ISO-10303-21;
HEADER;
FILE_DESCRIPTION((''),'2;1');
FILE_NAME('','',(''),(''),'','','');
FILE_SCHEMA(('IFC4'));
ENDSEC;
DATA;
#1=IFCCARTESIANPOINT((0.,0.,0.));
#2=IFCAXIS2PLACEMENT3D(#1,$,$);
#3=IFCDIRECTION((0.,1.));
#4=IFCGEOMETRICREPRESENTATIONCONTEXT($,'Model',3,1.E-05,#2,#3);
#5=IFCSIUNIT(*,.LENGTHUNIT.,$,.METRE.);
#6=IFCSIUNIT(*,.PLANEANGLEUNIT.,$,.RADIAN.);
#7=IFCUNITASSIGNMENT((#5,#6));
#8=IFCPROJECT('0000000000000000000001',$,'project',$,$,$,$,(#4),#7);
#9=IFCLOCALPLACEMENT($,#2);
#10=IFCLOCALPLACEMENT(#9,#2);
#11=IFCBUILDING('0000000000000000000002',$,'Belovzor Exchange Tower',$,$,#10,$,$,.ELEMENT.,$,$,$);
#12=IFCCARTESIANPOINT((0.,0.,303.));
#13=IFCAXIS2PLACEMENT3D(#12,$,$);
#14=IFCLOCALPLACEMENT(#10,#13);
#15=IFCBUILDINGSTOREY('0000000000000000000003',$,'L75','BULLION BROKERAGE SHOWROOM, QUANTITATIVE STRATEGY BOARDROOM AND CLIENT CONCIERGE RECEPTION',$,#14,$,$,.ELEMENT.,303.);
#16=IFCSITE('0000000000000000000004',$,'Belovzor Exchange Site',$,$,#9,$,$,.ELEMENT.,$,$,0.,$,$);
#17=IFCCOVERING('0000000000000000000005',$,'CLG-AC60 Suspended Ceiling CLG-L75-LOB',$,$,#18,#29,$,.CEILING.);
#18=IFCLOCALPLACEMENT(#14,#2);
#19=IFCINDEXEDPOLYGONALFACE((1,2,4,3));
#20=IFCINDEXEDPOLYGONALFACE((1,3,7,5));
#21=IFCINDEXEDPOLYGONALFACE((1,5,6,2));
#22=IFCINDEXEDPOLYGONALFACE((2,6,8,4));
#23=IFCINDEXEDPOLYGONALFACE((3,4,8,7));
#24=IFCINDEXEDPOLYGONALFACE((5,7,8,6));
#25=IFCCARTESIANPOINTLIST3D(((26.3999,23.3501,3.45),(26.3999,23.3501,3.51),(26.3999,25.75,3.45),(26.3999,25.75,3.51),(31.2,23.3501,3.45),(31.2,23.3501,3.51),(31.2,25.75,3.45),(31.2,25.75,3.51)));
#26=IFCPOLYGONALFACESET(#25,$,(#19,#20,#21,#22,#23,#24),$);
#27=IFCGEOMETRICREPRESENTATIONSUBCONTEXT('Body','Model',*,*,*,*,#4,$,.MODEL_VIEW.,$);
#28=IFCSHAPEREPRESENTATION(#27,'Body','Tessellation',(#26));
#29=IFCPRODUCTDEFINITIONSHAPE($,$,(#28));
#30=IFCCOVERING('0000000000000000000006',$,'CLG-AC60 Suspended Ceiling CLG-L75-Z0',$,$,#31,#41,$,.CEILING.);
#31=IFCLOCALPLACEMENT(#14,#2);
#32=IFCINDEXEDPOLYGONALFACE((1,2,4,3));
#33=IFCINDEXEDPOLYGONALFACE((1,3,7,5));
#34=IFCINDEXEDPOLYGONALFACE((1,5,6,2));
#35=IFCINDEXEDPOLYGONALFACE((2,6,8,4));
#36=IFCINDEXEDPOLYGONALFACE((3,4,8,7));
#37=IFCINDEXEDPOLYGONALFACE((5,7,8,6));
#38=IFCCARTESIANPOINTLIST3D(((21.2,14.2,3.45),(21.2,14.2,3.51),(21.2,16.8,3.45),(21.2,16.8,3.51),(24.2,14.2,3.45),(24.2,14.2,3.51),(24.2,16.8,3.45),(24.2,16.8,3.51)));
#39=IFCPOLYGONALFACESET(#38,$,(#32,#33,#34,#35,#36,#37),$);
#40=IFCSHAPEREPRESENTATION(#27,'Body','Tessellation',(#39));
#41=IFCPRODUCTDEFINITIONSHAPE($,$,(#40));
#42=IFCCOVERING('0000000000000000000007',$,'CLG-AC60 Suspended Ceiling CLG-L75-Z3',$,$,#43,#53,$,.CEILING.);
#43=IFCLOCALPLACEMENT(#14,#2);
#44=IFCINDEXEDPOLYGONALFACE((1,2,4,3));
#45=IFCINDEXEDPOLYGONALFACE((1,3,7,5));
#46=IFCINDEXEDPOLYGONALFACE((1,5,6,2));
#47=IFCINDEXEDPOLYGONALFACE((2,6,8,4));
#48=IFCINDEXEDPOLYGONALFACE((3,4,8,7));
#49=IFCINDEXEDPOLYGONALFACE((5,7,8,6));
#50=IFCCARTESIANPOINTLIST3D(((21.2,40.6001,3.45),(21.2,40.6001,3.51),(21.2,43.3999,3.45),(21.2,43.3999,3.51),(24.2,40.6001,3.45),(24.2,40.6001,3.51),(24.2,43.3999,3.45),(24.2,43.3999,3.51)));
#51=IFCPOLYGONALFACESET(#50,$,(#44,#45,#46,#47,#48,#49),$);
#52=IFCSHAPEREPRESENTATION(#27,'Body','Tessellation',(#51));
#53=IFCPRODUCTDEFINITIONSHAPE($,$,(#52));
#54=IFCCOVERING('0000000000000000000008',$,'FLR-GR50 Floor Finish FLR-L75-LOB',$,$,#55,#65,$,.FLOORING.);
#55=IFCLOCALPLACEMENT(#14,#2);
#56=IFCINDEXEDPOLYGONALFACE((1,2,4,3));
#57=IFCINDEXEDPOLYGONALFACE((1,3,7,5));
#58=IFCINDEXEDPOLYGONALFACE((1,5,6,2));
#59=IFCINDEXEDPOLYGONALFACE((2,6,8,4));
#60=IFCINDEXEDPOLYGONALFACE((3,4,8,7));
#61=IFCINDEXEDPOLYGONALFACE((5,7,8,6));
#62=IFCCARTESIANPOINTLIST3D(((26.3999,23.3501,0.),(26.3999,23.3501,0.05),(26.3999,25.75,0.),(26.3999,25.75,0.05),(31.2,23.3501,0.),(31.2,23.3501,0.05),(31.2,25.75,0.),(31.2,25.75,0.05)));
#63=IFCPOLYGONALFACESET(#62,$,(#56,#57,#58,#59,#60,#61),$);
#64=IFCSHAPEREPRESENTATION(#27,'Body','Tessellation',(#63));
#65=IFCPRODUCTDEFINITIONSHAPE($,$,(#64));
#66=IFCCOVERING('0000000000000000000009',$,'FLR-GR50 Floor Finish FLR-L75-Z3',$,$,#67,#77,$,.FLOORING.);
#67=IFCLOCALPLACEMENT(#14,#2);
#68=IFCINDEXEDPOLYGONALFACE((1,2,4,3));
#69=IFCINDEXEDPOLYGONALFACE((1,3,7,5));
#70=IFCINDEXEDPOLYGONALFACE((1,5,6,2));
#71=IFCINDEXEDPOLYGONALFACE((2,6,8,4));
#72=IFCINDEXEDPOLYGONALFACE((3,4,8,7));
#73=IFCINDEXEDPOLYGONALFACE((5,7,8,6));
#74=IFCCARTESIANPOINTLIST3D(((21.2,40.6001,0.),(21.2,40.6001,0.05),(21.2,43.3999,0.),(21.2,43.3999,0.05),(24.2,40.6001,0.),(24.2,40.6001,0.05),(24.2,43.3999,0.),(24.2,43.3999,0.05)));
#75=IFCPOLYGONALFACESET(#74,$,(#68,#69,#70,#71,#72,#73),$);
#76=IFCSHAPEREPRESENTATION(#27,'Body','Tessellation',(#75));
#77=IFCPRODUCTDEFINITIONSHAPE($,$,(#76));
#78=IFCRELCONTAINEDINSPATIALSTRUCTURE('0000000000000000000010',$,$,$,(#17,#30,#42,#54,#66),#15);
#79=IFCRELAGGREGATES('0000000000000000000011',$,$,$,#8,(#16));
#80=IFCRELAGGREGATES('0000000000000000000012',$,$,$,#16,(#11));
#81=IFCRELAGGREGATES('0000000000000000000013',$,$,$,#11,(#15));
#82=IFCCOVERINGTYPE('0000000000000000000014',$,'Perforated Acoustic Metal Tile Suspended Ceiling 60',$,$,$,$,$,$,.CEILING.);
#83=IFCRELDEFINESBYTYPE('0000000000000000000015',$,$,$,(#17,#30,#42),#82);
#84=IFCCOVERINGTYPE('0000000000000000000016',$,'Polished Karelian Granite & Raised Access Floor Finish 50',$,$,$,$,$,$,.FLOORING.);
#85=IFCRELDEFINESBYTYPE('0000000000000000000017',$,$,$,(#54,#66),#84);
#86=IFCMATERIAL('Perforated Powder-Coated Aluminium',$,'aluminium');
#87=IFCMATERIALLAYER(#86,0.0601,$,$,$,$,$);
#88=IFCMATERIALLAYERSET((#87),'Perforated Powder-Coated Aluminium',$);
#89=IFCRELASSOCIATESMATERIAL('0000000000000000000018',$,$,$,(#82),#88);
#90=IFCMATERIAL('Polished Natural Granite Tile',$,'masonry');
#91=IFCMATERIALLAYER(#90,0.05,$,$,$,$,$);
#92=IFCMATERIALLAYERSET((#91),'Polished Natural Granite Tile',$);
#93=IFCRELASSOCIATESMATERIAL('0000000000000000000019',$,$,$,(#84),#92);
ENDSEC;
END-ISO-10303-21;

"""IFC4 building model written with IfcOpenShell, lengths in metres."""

from ifc_helpers import new_model, si_unit, direction, frame, origin, place, context, subcontext, project, spatial, polyline, outline, extrude, material, layer, layer_set, type_object, element, save


model = new_model("IFC4")

# Units and contexts
model_context = context("Model", 3, precision=1e-05, world=origin(), true_north=direction((0.0, 1.0)))
body_context = subcontext(model_context, "Body", "Model", "MODEL_VIEW")
ifc_project = project(units=[si_unit("LENGTHUNIT", "METRE"), si_unit("PLANEANGLEUNIT", "RADIAN")], contexts=[model_context])

# Site, building, storey
site_placement = place(None, origin())
site = spatial("IfcSite", under=ifc_project, at=site_placement, Name="Belovzor Exchange Site", CompositionType="ELEMENT", RefElevation=0.0)
building_placement = place(site_placement, origin())
building = spatial("IfcBuilding", under=site, at=building_placement, Name="Belovzor Exchange Tower", CompositionType="ELEMENT")
storey_placement = place(building_placement, frame((0.0, 0.0, 303.0)))
storey = spatial("IfcBuildingStorey", under=building, at=storey_placement, Name="L75", Description="BULLION BROKERAGE SHOWROOM, QUANTITATIVE STRATEGY BOARDROOM AND CLIENT CONCIERGE RECEPTION", CompositionType="ELEMENT", Elevation=303.0)

# Coverings
ifc_material_1 = material(Name="Perforated Powder-Coated Aluminium", Category="aluminium")
ifc_layer_1 = layer(ifc_material_1, 0.0601)
ifc_layer_set_1 = layer_set([ifc_layer_1], Name="Perforated Powder-Coated Aluminium")
covering_type_1 = type_object("IfcCoveringType", Name="Perforated Acoustic Metal Tile Suspended Ceiling 60", PredefinedType="CEILING", material=ifc_layer_set_1)
covering_1_placement = place(storey_placement, frame((0.0, 0.0, 3.45)))
element("IfcCovering", 1, at=covering_1_placement, inside=storey, type_object=covering_type_1, Name="CLG-AC60 Suspended Ceiling CLG-L75-LOB", PredefinedType="CEILING", context=body_context, shape_type="SweptSolid", body=[
    extrude(outline(polyline([(26.3999, 23.3501), (31.2, 23.3501), (31.2, 25.75), (26.3999, 25.75), (26.3999, 23.3501)])), origin(), (0.0, 0.0, 1.0), 0.0601),
])
covering_2_placement = place(storey_placement, frame((0.0, 0.0, 3.45)))
element("IfcCovering", 2, at=covering_2_placement, inside=storey, type_object=covering_type_1, Name="CLG-AC60 Suspended Ceiling CLG-L75-Z0", PredefinedType="CEILING", context=body_context, shape_type="SweptSolid", body=[
    extrude(outline(polyline([(21.2, 14.2), (24.2, 14.2), (24.2, 16.8), (21.2, 16.8), (21.2, 14.2)])), origin(), (0.0, 0.0, 1.0), 0.0601),
])
covering_3_placement = place(storey_placement, frame((0.0, 0.0, 3.45)))
element("IfcCovering", 3, at=covering_3_placement, inside=storey, type_object=covering_type_1, Name="CLG-AC60 Suspended Ceiling CLG-L75-Z3", PredefinedType="CEILING", context=body_context, shape_type="SweptSolid", body=[
    extrude(outline(polyline([(21.2, 40.6001), (24.2, 40.6001), (24.2, 43.3999), (21.2, 43.3999), (21.2, 40.6001)])), origin(), (0.0, 0.0, 1.0), 0.0601),
])
ifc_material_2 = material(Name="Polished Natural Granite Tile", Category="masonry")
ifc_layer_2 = layer(ifc_material_2, 0.05)
ifc_layer_set_2 = layer_set([ifc_layer_2], Name="Polished Natural Granite Tile")
covering_type_2 = type_object("IfcCoveringType", Name="Polished Karelian Granite & Raised Access Floor Finish 50", PredefinedType="FLOORING", material=ifc_layer_set_2)
covering_4_placement = place(storey_placement, origin())
element("IfcCovering", 4, at=covering_4_placement, inside=storey, type_object=covering_type_2, Name="FLR-GR50 Floor Finish FLR-L75-LOB", PredefinedType="FLOORING", context=body_context, shape_type="SweptSolid", body=[
    extrude(outline(polyline([(26.3999, 23.3501), (31.2, 23.3501), (31.2, 25.75), (26.3999, 25.75), (26.3999, 23.3501)])), origin(), (0.0, 0.0, 1.0), 0.05),
])
covering_5_placement = place(storey_placement, origin())
element("IfcCovering", 5, at=covering_5_placement, inside=storey, type_object=covering_type_2, Name="FLR-GR50 Floor Finish FLR-L75-Z3", PredefinedType="FLOORING", context=body_context, shape_type="SweptSolid", body=[
    extrude(outline(polyline([(21.2, 40.6001), (24.2, 40.6001), (24.2, 43.3999), (21.2, 43.3999), (21.2, 40.6001)])), origin(), (0.0, 0.0, 1.0), 0.05),
])

save(model, "model.ifc")
